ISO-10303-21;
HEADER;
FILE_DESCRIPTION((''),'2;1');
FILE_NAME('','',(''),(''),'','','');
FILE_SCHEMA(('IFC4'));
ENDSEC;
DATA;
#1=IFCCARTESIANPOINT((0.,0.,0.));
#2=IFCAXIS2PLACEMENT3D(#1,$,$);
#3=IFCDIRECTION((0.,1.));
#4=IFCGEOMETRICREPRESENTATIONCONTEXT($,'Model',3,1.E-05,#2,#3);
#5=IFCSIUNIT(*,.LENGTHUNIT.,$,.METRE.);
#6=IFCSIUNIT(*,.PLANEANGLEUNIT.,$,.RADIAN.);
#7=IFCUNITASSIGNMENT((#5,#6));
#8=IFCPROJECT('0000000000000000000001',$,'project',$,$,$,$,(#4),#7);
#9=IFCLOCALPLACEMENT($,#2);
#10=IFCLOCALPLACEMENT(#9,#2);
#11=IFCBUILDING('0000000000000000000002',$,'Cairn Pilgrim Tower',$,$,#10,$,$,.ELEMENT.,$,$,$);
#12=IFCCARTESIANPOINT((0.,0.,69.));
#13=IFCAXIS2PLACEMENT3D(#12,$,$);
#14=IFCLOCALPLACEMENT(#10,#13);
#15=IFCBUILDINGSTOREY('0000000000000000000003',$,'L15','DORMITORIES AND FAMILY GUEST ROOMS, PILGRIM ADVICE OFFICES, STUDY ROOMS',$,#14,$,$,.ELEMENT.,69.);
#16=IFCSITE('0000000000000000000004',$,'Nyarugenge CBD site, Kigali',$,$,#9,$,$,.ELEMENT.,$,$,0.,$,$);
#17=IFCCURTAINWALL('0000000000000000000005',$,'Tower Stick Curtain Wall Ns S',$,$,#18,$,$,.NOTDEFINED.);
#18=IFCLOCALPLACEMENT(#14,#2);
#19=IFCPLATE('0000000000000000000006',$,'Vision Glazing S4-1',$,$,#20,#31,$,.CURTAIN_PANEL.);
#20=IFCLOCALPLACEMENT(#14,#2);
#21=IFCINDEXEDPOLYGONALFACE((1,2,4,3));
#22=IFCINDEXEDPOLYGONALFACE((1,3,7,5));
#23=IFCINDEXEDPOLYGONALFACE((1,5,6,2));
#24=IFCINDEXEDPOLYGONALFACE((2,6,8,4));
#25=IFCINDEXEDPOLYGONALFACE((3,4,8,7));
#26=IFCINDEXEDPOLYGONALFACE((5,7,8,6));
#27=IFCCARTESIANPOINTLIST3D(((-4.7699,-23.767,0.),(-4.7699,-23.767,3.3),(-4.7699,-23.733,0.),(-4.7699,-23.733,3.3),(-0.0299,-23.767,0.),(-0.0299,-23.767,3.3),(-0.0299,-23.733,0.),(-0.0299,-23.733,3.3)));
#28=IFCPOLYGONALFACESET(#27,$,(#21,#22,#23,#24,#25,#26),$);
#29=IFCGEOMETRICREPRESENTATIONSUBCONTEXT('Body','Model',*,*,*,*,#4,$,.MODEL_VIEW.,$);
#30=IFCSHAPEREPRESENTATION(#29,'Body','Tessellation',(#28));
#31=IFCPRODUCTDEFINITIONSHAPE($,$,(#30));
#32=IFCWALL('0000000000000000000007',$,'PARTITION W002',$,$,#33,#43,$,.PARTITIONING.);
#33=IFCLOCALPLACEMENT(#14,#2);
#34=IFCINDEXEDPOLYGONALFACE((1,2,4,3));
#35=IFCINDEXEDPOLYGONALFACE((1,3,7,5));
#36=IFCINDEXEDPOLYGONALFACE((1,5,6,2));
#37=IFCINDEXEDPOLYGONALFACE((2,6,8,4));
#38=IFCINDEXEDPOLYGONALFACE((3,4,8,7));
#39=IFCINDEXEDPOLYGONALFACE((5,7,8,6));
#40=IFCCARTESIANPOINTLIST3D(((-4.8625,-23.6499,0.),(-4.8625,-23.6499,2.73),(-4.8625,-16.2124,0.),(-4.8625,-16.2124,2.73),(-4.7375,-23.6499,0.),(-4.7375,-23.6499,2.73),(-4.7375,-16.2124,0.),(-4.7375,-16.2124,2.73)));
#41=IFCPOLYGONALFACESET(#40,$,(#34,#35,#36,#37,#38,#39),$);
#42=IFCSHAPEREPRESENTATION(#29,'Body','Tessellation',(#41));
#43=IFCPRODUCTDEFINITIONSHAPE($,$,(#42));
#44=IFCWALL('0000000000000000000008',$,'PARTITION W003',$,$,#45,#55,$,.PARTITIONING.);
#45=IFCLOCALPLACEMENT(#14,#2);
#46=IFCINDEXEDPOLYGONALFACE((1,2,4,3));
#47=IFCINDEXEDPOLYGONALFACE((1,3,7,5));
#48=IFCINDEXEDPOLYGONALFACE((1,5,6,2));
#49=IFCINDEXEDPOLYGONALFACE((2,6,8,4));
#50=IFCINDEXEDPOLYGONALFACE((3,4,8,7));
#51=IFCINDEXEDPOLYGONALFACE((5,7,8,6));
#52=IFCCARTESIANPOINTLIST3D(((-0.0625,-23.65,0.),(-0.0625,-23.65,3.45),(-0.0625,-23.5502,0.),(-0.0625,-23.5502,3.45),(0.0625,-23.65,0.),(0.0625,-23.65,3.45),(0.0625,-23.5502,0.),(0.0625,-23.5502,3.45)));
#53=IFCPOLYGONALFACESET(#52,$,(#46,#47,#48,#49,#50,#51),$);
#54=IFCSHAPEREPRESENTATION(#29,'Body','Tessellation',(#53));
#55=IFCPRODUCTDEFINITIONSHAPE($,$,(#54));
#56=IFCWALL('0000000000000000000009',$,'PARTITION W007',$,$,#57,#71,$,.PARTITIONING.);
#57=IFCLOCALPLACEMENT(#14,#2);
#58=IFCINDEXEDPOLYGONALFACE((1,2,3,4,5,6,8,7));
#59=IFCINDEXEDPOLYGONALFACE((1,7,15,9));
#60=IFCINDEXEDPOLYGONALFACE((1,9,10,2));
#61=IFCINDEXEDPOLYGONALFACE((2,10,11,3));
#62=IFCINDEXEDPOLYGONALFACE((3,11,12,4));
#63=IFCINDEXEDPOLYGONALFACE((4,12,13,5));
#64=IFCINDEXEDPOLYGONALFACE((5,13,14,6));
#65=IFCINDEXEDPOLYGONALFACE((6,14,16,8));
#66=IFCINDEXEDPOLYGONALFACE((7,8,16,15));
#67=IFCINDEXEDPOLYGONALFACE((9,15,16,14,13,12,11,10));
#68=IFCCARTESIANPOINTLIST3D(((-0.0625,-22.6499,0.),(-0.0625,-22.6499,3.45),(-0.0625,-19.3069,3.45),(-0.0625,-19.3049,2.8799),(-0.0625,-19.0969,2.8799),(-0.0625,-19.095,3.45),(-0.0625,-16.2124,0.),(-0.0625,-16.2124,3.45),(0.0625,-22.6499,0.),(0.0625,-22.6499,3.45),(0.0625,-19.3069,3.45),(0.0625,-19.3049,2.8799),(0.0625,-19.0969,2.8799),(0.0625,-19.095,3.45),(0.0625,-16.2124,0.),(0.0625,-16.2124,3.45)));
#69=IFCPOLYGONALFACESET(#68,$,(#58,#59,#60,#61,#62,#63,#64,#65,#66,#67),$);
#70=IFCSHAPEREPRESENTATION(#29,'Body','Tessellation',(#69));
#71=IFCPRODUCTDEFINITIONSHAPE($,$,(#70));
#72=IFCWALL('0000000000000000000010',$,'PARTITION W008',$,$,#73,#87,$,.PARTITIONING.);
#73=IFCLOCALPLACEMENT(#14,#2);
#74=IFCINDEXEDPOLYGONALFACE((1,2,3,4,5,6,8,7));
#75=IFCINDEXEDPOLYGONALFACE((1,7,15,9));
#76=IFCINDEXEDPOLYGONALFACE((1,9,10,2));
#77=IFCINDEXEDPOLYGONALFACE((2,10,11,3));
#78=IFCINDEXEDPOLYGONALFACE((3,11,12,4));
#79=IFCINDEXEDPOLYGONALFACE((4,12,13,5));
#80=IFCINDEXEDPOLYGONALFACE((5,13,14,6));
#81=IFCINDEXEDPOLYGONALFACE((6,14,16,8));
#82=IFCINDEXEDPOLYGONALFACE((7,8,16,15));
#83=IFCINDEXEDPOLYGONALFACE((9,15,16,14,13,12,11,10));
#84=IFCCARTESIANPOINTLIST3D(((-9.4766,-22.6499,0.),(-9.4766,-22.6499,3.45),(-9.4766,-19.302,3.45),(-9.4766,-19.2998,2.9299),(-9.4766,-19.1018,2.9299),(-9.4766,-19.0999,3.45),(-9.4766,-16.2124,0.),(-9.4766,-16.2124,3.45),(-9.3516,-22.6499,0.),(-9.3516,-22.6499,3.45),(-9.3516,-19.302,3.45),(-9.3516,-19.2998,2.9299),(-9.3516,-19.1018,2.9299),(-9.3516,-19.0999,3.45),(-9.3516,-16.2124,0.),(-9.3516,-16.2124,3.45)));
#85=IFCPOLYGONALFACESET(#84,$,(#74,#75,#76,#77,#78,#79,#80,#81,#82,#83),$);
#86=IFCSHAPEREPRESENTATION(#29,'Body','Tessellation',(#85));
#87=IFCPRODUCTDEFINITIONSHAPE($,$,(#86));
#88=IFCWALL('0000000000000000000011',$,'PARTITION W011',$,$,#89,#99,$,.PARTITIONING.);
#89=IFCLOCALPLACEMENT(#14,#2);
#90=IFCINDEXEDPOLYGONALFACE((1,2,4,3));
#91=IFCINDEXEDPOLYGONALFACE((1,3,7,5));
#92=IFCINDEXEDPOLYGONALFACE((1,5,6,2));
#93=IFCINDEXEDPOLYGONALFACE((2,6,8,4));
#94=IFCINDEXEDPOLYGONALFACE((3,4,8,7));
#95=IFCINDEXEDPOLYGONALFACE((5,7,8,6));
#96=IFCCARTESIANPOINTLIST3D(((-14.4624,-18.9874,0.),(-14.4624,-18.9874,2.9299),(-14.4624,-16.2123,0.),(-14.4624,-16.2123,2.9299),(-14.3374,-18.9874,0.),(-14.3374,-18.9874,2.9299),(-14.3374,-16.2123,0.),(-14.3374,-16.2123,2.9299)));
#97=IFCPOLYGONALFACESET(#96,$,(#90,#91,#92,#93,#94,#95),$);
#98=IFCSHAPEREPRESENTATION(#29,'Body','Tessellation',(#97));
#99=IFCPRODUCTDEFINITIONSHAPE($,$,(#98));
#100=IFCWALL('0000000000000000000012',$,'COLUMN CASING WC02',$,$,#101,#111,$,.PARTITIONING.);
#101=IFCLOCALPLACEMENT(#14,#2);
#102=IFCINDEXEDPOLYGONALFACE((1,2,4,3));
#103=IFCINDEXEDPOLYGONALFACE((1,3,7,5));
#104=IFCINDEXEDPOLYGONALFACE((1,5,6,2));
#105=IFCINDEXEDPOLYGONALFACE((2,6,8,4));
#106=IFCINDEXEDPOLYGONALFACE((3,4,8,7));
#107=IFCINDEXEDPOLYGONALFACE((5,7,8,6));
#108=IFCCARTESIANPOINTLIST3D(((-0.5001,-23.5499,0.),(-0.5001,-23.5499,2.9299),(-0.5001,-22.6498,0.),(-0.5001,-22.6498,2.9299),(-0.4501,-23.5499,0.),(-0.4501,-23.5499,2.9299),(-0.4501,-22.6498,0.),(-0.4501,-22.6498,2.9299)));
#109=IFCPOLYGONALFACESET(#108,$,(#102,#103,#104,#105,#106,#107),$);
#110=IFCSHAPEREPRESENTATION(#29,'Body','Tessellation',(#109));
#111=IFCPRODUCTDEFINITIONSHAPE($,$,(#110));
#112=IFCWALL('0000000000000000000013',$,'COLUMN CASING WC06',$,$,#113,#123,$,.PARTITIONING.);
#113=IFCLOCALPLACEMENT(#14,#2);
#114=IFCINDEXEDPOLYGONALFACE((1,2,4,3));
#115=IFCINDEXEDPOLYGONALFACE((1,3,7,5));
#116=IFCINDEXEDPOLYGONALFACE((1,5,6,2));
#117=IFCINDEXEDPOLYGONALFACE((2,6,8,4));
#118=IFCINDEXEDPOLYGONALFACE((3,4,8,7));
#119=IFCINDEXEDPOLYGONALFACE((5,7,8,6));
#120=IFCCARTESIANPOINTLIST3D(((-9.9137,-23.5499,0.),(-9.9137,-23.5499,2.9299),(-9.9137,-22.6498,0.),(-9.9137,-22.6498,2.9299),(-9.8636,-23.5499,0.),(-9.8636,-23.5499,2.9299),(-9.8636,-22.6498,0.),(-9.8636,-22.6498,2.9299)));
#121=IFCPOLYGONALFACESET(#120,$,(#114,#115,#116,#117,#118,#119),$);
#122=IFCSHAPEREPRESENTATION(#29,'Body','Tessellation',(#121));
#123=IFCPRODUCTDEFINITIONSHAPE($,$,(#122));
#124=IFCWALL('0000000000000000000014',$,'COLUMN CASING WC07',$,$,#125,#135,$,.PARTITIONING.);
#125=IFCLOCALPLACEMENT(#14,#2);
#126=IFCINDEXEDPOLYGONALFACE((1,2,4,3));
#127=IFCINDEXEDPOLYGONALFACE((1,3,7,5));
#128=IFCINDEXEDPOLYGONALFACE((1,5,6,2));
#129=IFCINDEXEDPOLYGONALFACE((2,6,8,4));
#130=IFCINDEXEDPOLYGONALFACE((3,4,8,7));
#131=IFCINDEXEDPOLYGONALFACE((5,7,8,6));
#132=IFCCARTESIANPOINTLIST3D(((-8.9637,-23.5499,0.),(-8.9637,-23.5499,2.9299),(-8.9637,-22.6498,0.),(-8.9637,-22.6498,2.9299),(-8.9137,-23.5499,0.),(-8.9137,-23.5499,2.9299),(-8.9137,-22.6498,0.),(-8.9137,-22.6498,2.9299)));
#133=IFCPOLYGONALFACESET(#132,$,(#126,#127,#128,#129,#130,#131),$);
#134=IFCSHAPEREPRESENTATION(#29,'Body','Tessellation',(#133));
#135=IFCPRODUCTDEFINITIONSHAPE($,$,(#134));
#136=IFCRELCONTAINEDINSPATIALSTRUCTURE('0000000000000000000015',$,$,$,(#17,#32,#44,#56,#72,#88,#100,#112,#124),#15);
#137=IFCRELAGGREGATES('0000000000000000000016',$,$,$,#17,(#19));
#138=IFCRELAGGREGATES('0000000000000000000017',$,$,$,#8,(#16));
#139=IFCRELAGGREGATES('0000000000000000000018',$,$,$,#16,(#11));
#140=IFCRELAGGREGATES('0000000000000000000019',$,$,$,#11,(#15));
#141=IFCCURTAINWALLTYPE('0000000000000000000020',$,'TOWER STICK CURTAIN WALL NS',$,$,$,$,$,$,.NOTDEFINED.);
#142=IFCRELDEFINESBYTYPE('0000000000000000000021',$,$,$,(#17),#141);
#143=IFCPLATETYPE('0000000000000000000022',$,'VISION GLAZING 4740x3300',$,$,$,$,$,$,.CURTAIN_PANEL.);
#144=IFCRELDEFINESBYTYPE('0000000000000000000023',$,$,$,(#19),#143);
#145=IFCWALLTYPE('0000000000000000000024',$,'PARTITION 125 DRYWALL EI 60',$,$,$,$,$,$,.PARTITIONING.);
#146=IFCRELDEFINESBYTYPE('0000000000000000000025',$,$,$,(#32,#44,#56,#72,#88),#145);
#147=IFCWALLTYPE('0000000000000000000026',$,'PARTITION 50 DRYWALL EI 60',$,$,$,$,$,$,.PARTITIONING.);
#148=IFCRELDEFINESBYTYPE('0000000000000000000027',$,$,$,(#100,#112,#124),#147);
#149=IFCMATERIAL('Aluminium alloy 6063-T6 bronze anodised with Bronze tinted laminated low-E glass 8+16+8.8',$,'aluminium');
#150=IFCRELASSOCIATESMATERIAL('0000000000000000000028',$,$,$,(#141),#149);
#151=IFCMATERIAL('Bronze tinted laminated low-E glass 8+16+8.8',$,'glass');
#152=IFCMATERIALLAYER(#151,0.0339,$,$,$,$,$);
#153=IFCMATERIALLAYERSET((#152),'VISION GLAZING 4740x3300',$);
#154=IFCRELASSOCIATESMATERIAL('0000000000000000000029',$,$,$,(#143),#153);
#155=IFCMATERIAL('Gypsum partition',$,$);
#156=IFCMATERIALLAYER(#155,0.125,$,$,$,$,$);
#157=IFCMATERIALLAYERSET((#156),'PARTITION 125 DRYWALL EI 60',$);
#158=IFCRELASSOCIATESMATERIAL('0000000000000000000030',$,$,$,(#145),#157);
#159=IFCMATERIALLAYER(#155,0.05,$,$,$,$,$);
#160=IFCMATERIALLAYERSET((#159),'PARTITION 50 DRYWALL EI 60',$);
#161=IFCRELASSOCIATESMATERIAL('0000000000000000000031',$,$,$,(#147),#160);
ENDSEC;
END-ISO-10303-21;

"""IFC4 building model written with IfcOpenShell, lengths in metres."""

from ifc_helpers import new_model, si_unit, direction, frame, frame_2d, origin, origin_2d, place, context, subcontext, project, spatial, polyline, rectangle, outline, extrude, material, layer, layer_set, type_object, element, aggregate, save


model = new_model("IFC4")

# Units and contexts
model_context = context("Model", 3, precision=1e-05, world=origin(), true_north=direction((0.0, 1.0)))
body_context = subcontext(model_context, "Body", "Model", "MODEL_VIEW")
ifc_project = project(units=[si_unit("LENGTHUNIT", "METRE"), si_unit("PLANEANGLEUNIT", "RADIAN")], contexts=[model_context])

# Site, building, storey
site_placement = place(None, origin())
site = spatial("IfcSite", under=ifc_project, at=site_placement, Name="Nyarugenge CBD site, Kigali", CompositionType="ELEMENT", RefElevation=0.0)
building_placement = place(site_placement, origin())
building = spatial("IfcBuilding", under=site, at=building_placement, Name="Cairn Pilgrim Tower", CompositionType="ELEMENT")
storey_placement = place(building_placement, frame((0.0, 0.0, 69.0)))
storey = spatial("IfcBuildingStorey", under=building, at=storey_placement, Name="L15", Description="DORMITORIES AND FAMILY GUEST ROOMS, PILGRIM ADVICE OFFICES, STUDY ROOMS", CompositionType="ELEMENT", Elevation=69.0)

# Curtain wall
ifc_material_1 = material(Name="Aluminium alloy 6063-T6 bronze anodised with Bronze tinted laminated low-E glass 8+16+8.8", Category="aluminium")
curtain_wall_type = type_object("IfcCurtainWallType", Name="TOWER STICK CURTAIN WALL NS", PredefinedType="NOTDEFINED", material=ifc_material_1)
curtain_wall_placement = place(storey_placement, origin())
curtain_wall = element("IfcCurtainWall", 1, at=curtain_wall_placement, inside=storey, type_object=curtain_wall_type, Name="Tower Stick Curtain Wall Ns S", PredefinedType="NOTDEFINED")

# Plate
ifc_material_2 = material(Name="Bronze tinted laminated low-E glass 8+16+8.8", Category="glass")
ifc_layer_1 = layer(ifc_material_2, 0.0339)
ifc_layer_set_1 = layer_set([ifc_layer_1], Name="VISION GLAZING 4740x3300")
plate_type = type_object("IfcPlateType", Name="VISION GLAZING 4740x3300", PredefinedType="CURTAIN_PANEL", material=ifc_layer_set_1)
plate_1_placement = place(storey_placement, frame((-2.3999, -23.75, 0.0), z_axis=(0.0, 0.0, 1.0), x_axis=(1.0, 0.0, 0.0)))
plate_1 = element("IfcPlate", 2, at=plate_1_placement, type_object=plate_type, Name="Vision Glazing S4-1", PredefinedType="CURTAIN_PANEL", context=body_context, shape_type="SweptSolid", body=[
    extrude(rectangle(XDim=4.74, YDim=0.0339, at=origin_2d()), origin(), (0.0, 0.0, 1.0), 3.3),
])
aggregate(curtain_wall, [plate_1])

# Walls
ifc_material_3 = material(Name="Gypsum partition")
ifc_layer_2 = layer(ifc_material_3, 0.125)
ifc_layer_set_2 = layer_set([ifc_layer_2], Name="PARTITION 125 DRYWALL EI 60")
wall_type_1 = type_object("IfcWallType", Name="PARTITION 125 DRYWALL EI 60", PredefinedType="PARTITIONING", material=ifc_layer_set_2)
wall_1_placement = place(storey_placement, frame((-4.8, -23.6499, 0.0), z_axis=(0.0, 0.0, 1.0), x_axis=(0.0, 1.0, 0.0)))
element("IfcWall", 3, at=wall_1_placement, inside=storey, type_object=wall_type_1, Name="PARTITION W002", PredefinedType="PARTITIONING", context=body_context, shape_type="SweptSolid", body=[
    extrude(rectangle(XDim=7.4375, YDim=0.125, at=frame_2d((3.7188, 0.0))), origin(), (0.0, 0.0, 1.0), 2.73),
])
wall_2_placement = place(storey_placement, frame((0.0, -23.6499, 0.0), z_axis=(0.0, 0.0, 1.0), x_axis=(0.0, 1.0, 0.0)))
element("IfcWall", 4, at=wall_2_placement, inside=storey, type_object=wall_type_1, Name="PARTITION W003", PredefinedType="PARTITIONING", context=body_context, shape_type="SweptSolid", body=[
    extrude(rectangle(XDim=0.0999, YDim=0.125, at=frame_2d((0.0498, 0.0))), origin(), (0.0, 0.0, 1.0), 3.45),
])
wall_3_placement = place(storey_placement, frame((0.0, -22.6499, 0.0), z_axis=(0.0, 0.0, 1.0), x_axis=(0.0, 1.0, 0.0)))
element("IfcWall", 5, at=wall_3_placement, inside=storey, type_object=wall_type_1, Name="PARTITION W007", PredefinedType="PARTITIONING", context=body_context, shape_type="SweptSolid", body=[
    extrude(outline(polyline([(0.0, 0.0), (6.4375, 0.0), (6.4375, 3.45), (3.5549, 3.45), (3.553, 2.8799), (3.345, 2.8799), (3.343, 3.45), (0.0, 3.45), (0.0, 0.0)])), frame((0.0, 0.0625, 0.0), z_axis=(0.0, -1.0, 0.0), x_axis=(1.0, 0.0, 0.0)), (0.0, 0.0, 1.0), 0.125),
])
wall_4_placement = place(storey_placement, frame((-9.4141, -22.6499, 0.0), z_axis=(0.0, 0.0, 1.0), x_axis=(0.0, 1.0, 0.0)))
element("IfcWall", 6, at=wall_4_placement, inside=storey, type_object=wall_type_1, Name="PARTITION W008", PredefinedType="PARTITIONING", context=body_context, shape_type="SweptSolid", body=[
    extrude(outline(polyline([(0.0, 0.0), (6.4375, 0.0), (6.4375, 3.45), (3.55, 3.45), (3.5481, 2.9299), (3.3501, 2.9299), (3.3479, 3.45), (0.0, 3.45), (0.0, 0.0)])), frame((0.0, 0.0625, 0.0), z_axis=(0.0, -1.0, 0.0), x_axis=(1.0, 0.0, 0.0)), (0.0, 0.0, 1.0), 0.125),
])
wall_5_placement = place(storey_placement, frame((-14.3999, -18.9875, 0.0), z_axis=(0.0, 0.0, 1.0), x_axis=(0.0, 1.0, 0.0)))
element("IfcWall", 7, at=wall_5_placement, inside=storey, type_object=wall_type_1, Name="PARTITION W011", PredefinedType="PARTITIONING", context=body_context, shape_type="SweptSolid", body=[
    extrude(rectangle(XDim=2.7751, YDim=0.125, at=frame_2d((1.3877, 0.0))), origin(), (0.0, 0.0, 1.0), 2.9299),
])
ifc_layer_3 = layer(ifc_material_3, 0.05)
ifc_layer_set_3 = layer_set([ifc_layer_3], Name="PARTITION 50 DRYWALL EI 60")
wall_type_2 = type_object("IfcWallType", Name="PARTITION 50 DRYWALL EI 60", PredefinedType="PARTITIONING", material=ifc_layer_set_3)
for number, where, z_axis, x_axis, name in (
    (8, (-0.4751, -23.55, 0.0), (0.0, 0.0, 1.0), (0.0, 1.0, 0.0), "COLUMN CASING WC02"),
    (9, (-9.8887, -23.55, 0.0), (0.0, 0.0, 1.0), (0.0, 1.0, 0.0), "COLUMN CASING WC06"),
    (10, (-8.9387, -23.55, 0.0), (0.0, 0.0, 1.0), (0.0, 1.0, 0.0), "COLUMN CASING WC07"),
):
    element("IfcWall", number, at=place(storey_placement, frame(where, z_axis=z_axis, x_axis=x_axis)), inside=storey, type_object=wall_type_2, Name=name, PredefinedType="PARTITIONING", context=body_context, shape_type="SweptSolid", body=[
        extrude(rectangle(XDim=0.9001, YDim=0.05, at=frame_2d((0.4502, 0.0))), origin(), (0.0, 0.0, 1.0), 2.9299),
    ])

save(model, "model.ifc")
